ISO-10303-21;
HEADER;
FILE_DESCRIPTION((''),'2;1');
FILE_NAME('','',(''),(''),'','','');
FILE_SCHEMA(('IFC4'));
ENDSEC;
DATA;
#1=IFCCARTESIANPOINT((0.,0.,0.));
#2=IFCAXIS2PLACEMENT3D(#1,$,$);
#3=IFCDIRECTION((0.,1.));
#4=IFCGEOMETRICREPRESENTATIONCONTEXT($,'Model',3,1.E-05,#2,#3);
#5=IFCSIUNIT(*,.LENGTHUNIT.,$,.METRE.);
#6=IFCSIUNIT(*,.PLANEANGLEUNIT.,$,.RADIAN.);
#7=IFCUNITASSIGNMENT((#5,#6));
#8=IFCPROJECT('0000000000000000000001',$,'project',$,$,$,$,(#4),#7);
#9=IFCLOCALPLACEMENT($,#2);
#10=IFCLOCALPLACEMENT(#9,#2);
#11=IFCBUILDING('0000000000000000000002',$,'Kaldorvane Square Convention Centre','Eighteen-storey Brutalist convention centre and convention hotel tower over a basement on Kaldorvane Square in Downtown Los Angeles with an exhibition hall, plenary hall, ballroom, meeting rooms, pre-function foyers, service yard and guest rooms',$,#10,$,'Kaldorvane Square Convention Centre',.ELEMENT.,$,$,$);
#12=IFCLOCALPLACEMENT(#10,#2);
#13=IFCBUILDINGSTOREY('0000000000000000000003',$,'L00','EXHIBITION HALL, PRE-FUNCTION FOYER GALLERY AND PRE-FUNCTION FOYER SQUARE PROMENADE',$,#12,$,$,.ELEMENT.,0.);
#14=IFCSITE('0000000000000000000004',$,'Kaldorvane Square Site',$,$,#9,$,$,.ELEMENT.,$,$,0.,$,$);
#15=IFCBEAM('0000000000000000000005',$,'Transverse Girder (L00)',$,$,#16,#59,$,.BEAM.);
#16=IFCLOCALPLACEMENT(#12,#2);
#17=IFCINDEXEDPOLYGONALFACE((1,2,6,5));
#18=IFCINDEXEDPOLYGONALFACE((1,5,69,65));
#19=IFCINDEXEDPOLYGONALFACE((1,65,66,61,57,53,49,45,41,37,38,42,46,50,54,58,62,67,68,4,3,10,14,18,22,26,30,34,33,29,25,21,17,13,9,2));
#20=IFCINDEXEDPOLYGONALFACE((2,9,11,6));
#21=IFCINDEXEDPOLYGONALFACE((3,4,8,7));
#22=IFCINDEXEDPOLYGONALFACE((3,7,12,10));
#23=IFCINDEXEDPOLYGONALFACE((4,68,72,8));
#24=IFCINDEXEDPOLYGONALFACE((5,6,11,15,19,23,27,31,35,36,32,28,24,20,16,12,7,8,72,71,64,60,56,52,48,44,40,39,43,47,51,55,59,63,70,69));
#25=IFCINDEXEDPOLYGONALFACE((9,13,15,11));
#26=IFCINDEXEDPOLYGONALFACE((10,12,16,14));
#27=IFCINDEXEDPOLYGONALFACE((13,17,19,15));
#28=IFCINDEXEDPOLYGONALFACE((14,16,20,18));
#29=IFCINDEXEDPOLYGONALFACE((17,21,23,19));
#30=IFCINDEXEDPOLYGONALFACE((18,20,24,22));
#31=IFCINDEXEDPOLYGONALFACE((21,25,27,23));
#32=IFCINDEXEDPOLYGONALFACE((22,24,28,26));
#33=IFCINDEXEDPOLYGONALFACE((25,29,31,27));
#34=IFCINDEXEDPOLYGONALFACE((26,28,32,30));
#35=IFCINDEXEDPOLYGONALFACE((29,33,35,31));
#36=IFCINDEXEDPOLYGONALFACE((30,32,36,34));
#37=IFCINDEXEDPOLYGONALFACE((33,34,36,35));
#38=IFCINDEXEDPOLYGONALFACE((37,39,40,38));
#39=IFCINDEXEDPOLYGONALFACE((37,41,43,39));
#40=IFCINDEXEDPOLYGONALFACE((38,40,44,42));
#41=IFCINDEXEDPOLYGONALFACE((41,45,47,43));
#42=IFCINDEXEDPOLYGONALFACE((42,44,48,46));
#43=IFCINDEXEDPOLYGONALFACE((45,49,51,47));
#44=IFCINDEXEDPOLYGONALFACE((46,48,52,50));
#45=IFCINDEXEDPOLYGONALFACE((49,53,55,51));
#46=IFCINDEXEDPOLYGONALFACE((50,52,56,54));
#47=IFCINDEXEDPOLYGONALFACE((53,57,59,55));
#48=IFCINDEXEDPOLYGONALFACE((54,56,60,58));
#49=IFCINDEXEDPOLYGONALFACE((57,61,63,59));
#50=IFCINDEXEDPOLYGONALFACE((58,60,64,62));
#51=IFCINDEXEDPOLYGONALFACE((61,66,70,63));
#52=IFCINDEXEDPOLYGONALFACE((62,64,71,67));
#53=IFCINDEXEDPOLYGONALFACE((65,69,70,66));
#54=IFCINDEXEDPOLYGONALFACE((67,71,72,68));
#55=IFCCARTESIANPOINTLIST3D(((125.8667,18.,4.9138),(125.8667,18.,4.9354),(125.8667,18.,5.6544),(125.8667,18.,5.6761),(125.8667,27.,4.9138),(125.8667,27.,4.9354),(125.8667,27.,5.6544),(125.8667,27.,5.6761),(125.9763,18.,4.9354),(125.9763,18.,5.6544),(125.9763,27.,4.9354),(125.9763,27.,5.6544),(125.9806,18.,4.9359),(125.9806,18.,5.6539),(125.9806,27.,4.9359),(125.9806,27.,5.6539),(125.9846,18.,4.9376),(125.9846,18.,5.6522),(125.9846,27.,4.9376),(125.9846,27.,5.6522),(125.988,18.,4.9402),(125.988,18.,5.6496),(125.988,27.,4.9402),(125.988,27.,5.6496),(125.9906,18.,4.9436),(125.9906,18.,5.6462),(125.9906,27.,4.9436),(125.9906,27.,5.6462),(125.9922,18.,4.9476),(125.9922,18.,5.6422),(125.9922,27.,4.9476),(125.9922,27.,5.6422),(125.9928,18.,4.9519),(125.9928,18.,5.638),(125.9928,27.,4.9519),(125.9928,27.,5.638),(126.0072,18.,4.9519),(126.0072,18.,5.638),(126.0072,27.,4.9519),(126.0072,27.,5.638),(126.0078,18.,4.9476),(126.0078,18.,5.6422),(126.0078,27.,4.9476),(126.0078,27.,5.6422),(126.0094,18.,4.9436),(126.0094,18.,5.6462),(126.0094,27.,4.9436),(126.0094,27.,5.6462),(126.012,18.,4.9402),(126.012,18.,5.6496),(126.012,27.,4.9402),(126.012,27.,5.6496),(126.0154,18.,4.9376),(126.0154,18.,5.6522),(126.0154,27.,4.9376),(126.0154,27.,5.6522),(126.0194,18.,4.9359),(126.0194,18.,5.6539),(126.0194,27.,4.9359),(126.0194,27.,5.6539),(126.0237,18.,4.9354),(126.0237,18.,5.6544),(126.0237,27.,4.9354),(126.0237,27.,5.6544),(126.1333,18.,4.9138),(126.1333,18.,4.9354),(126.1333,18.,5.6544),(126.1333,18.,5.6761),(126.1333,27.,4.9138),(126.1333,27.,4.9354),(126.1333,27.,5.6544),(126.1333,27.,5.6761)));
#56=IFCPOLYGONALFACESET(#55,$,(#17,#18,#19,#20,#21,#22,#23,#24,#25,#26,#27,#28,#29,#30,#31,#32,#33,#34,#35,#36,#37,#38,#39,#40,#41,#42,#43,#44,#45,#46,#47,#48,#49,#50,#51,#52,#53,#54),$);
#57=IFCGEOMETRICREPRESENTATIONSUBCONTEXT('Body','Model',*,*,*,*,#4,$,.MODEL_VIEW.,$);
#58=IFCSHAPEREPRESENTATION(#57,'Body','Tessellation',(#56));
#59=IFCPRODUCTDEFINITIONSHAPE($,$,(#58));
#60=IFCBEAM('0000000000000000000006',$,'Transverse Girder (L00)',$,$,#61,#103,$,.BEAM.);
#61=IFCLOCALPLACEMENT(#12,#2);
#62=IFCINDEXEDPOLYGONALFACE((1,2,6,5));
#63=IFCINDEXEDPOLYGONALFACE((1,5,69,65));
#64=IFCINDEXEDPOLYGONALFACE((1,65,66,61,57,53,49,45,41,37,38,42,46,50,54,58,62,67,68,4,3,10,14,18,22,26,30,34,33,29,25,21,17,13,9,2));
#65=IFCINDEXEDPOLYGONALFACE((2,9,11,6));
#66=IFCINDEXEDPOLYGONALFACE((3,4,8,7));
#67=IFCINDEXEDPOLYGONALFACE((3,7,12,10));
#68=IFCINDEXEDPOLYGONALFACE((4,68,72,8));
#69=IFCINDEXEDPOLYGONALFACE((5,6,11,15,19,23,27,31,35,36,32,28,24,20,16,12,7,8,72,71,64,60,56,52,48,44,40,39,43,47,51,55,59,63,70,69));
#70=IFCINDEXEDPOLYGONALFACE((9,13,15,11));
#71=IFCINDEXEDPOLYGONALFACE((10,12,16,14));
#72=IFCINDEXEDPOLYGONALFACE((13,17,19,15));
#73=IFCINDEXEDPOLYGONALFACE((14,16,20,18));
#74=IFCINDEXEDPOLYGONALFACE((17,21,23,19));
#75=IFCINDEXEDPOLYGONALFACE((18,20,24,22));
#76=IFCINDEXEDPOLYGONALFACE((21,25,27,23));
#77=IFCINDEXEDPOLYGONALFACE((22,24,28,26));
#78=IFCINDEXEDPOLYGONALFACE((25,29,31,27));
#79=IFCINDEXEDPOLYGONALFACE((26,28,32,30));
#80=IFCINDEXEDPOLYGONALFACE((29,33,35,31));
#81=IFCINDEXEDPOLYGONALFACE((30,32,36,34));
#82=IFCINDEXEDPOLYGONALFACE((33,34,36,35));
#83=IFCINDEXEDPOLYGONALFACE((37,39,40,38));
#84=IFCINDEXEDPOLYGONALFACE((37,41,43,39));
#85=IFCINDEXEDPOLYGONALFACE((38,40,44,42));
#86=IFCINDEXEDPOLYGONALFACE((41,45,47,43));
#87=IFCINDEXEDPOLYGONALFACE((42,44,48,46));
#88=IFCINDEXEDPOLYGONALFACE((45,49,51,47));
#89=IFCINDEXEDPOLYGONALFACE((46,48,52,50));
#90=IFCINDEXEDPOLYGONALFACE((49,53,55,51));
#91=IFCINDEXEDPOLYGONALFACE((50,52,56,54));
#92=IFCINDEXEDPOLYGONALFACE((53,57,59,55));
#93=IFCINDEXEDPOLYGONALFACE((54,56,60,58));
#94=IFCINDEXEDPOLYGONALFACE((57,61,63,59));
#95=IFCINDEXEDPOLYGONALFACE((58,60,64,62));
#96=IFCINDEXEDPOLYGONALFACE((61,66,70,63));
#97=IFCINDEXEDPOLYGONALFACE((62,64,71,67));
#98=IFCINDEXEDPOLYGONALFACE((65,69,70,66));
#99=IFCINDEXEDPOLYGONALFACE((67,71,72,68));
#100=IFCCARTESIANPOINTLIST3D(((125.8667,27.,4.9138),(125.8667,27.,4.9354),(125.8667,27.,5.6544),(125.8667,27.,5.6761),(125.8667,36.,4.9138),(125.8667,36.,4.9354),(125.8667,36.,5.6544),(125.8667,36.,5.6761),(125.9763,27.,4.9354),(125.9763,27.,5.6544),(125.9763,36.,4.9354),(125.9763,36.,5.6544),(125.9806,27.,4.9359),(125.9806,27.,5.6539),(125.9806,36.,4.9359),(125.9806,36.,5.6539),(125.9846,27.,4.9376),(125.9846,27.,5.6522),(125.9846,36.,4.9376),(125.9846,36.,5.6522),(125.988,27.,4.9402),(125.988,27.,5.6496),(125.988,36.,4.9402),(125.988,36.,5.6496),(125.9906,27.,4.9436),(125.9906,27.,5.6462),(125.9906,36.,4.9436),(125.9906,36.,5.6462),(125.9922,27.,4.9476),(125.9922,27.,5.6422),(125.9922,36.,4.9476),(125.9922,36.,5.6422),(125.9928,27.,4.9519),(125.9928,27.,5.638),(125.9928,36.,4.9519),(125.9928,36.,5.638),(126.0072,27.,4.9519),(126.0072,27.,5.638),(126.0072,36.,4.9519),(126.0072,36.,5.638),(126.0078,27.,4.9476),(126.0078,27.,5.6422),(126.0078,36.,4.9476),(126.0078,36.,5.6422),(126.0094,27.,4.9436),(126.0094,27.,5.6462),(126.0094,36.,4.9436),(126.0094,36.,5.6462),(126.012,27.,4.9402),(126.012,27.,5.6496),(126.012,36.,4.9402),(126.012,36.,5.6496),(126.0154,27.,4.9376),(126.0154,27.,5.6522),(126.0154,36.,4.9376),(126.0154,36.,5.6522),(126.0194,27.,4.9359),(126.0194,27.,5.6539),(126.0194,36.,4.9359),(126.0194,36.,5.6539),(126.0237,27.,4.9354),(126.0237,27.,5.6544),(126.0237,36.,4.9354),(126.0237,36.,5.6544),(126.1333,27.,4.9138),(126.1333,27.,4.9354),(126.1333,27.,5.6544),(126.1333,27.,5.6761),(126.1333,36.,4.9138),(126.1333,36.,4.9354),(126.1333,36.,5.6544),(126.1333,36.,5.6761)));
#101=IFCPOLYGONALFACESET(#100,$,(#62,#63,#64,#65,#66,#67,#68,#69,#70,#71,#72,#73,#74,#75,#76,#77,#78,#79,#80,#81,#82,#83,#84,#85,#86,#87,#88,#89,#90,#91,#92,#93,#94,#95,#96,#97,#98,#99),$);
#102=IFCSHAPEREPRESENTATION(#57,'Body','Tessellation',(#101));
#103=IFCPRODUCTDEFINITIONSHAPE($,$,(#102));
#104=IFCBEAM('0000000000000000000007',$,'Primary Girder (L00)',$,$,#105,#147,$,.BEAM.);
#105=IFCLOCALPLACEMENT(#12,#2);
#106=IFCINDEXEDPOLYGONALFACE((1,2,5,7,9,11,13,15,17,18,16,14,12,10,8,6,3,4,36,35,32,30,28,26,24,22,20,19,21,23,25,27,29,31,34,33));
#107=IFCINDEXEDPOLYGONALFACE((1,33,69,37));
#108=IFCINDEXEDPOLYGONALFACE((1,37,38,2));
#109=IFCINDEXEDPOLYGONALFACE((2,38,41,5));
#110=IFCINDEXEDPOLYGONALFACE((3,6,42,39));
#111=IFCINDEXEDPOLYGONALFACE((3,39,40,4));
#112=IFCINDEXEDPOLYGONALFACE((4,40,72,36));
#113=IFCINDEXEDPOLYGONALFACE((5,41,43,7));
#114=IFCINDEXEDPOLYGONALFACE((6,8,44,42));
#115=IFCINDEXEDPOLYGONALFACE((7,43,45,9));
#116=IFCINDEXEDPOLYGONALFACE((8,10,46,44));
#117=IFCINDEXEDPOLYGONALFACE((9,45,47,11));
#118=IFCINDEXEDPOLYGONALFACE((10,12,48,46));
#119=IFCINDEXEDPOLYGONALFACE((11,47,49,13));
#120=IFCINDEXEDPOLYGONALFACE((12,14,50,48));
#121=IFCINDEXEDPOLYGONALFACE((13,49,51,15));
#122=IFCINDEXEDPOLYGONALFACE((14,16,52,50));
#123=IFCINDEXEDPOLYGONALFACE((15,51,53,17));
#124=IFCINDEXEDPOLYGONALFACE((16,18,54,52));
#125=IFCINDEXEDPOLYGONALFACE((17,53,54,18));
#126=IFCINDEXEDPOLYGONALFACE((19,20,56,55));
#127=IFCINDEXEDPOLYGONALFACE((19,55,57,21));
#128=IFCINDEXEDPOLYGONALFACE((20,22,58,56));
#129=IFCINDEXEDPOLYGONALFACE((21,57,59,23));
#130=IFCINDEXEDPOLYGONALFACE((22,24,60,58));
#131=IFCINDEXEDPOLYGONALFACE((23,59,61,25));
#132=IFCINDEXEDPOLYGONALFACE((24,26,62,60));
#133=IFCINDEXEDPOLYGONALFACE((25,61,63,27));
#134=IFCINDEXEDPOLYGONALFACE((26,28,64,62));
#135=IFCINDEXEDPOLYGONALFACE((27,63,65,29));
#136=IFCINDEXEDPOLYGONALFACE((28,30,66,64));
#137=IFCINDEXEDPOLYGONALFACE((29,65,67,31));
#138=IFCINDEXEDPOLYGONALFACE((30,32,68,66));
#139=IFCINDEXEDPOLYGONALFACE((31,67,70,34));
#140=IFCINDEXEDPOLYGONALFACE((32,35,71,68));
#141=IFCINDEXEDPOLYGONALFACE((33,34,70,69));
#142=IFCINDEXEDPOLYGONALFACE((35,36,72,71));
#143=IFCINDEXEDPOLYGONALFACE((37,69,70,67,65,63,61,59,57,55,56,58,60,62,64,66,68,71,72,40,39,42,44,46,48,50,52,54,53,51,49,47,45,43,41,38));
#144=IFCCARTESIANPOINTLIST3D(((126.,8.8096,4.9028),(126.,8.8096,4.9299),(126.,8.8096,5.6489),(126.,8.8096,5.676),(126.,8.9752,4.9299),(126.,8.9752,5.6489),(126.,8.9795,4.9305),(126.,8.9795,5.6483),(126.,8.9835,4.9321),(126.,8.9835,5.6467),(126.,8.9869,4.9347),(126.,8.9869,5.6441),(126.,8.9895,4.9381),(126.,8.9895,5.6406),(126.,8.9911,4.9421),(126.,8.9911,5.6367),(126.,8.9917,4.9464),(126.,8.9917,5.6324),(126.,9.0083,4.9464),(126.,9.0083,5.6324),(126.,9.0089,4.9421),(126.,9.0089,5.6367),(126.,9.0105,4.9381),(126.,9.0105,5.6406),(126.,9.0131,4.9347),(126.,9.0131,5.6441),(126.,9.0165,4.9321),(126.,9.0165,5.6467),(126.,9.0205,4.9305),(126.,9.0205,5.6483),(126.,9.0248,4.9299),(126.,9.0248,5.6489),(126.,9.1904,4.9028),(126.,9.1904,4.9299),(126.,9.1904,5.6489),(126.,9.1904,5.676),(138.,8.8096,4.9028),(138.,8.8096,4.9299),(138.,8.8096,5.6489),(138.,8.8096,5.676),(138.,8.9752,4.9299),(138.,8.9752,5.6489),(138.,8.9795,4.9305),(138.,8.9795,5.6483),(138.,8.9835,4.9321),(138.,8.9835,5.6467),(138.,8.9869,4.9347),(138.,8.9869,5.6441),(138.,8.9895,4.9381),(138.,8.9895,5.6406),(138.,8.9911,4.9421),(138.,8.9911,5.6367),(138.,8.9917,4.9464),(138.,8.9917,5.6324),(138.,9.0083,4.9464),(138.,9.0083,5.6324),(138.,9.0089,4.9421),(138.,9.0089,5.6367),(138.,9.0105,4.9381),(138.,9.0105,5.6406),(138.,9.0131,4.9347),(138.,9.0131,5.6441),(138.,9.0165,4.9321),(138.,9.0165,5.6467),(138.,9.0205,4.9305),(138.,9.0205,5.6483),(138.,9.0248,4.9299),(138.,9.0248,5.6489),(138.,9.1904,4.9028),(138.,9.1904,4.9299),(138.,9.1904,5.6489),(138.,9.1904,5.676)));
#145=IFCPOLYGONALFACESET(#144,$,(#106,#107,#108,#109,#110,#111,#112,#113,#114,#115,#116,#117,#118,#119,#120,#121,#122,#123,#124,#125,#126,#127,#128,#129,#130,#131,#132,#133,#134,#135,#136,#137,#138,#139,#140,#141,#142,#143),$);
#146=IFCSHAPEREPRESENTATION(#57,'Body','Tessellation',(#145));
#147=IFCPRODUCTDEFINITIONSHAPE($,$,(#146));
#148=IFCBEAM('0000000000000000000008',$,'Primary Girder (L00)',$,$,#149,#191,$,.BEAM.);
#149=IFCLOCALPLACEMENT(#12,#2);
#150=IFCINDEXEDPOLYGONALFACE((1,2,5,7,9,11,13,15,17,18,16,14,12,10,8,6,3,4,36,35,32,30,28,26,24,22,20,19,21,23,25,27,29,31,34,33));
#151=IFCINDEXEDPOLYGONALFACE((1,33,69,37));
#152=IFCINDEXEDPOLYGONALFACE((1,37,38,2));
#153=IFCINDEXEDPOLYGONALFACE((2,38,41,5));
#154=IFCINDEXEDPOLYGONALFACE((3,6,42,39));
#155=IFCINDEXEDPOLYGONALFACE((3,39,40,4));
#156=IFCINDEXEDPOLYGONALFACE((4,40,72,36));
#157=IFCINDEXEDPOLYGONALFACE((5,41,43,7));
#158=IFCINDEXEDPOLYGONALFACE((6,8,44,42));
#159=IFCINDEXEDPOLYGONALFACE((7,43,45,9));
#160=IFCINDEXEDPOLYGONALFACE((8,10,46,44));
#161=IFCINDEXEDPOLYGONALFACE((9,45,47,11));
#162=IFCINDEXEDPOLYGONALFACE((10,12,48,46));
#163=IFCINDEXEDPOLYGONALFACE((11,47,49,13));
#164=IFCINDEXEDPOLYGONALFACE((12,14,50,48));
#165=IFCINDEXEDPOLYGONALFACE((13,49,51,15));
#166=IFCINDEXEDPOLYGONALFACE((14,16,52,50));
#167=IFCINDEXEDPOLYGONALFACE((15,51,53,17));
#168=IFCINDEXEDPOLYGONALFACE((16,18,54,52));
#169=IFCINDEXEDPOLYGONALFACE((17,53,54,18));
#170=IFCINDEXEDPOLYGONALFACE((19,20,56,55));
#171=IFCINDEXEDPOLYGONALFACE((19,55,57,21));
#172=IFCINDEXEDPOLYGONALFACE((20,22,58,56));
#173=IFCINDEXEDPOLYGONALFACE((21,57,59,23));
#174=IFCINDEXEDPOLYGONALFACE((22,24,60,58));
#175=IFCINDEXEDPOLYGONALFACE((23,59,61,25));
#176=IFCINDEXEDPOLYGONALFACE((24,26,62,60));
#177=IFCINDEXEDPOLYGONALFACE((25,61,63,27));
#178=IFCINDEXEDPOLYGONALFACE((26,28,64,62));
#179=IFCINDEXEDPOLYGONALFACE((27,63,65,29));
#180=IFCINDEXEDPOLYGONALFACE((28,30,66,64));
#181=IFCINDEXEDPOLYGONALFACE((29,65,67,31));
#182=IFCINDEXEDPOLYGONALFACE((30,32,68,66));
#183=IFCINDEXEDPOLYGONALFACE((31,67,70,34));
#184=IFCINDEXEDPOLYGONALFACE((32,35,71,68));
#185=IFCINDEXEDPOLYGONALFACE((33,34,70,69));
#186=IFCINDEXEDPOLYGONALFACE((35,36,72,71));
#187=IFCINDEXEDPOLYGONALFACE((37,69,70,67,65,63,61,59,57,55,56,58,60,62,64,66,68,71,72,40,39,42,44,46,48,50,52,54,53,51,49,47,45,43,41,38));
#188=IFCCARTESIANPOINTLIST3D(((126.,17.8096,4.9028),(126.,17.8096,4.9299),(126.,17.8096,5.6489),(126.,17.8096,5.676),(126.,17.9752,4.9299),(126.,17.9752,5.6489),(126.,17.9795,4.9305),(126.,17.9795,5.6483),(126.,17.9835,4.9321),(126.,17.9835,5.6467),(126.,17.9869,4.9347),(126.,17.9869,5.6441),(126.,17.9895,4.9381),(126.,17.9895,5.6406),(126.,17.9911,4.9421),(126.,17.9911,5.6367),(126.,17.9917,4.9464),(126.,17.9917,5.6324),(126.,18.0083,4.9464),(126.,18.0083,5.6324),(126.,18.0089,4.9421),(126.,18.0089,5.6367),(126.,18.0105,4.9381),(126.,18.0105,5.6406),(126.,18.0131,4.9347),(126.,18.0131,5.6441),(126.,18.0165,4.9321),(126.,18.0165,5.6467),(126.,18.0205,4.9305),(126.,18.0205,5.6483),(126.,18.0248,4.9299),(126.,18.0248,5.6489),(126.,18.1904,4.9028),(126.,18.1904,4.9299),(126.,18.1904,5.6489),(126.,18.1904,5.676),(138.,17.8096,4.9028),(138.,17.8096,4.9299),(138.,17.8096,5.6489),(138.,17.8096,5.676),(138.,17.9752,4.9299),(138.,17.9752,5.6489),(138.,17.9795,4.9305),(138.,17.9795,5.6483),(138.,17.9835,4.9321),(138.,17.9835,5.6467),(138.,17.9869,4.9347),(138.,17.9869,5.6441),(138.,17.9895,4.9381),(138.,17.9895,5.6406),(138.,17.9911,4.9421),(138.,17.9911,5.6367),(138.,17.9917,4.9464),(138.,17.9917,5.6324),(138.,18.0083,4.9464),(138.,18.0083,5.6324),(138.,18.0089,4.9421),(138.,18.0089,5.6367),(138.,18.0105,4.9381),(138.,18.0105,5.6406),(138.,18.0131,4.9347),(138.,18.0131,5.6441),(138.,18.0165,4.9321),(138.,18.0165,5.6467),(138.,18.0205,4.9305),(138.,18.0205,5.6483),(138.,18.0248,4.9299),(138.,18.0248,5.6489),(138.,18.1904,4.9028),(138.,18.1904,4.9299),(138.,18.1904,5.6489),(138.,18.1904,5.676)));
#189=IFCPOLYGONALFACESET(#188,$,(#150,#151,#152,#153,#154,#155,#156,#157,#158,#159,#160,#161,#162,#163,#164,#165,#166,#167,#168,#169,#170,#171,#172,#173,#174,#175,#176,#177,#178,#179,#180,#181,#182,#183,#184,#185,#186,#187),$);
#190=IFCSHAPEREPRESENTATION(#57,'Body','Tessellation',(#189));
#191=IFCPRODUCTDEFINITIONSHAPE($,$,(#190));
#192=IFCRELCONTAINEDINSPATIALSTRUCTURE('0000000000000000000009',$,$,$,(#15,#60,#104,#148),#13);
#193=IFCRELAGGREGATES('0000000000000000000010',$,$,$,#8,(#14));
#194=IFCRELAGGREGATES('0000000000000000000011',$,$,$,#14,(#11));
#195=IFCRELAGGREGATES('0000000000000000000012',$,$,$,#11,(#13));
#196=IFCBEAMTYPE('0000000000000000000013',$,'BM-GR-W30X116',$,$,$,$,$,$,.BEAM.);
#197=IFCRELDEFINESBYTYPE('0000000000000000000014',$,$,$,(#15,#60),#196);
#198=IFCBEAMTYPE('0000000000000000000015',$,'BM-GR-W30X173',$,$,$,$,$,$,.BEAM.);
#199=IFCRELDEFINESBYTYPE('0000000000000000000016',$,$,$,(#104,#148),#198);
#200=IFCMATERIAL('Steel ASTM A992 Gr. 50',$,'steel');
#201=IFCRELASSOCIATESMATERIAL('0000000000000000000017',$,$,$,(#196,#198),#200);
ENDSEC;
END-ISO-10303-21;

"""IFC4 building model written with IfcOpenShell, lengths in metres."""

from ifc_helpers import new_model, si_unit, direction, frame, origin, origin_2d, place, context, subcontext, project, spatial, i_section, extrude, material, material_profile, profile_set, type_object, element, save


model = new_model("IFC4")

# Units and contexts
model_context = context("Model", 3, precision=1e-05, world=origin(), true_north=direction((0.0, 1.0)))
body_context = subcontext(model_context, "Body", "Model", "MODEL_VIEW")
ifc_project = project(units=[si_unit("LENGTHUNIT", "METRE"), si_unit("PLANEANGLEUNIT", "RADIAN")], contexts=[model_context])

# Site, building, storey
site_placement = place(None, origin())
site = spatial("IfcSite", under=ifc_project, at=site_placement, Name="Kaldorvane Square Site", CompositionType="ELEMENT", RefElevation=0.0)
building_placement = place(site_placement, origin())
building = spatial("IfcBuilding", under=site, at=building_placement, Name="Kaldorvane Square Convention Centre", Description="Eighteen-storey Brutalist convention centre and convention hotel tower over a basement on Kaldorvane Square in Downtown Los Angeles with an exhibition hall, plenary hall, ballroom, meeting rooms, pre-function foyers, service yard and guest rooms", LongName="Kaldorvane Square Convention Centre", CompositionType="ELEMENT")
storey_placement = place(building_placement, origin())
storey = spatial("IfcBuildingStorey", under=building, at=storey_placement, Name="L00", Description="EXHIBITION HALL, PRE-FUNCTION FOYER GALLERY AND PRE-FUNCTION FOYER SQUARE PROMENADE", CompositionType="ELEMENT", Elevation=0.0)

# Shared definitions
ifc_material_1 = material(Name="Steel ASTM A992 Gr. 50", Category="steel")

# Beams
ifc_material_profile_1 = material_profile(ifc_material_1, i_section(OverallWidth=0.2666, OverallDepth=0.7623, WebThickness=0.0144, FlangeThickness=0.0216, FilletRadius=0.0165, at=origin_2d()), Name="W30X116")
ifc_profile_set_1 = profile_set([ifc_material_profile_1], Name="Steel ASTM A992 Gr. 50")
beam_type_1 = type_object("IfcBeamType", Name="BM-GR-W30X116", PredefinedType="BEAM", material=ifc_profile_set_1)
for number, where, z_axis, x_axis, name in (
    (1, (126.0, 18.0, 5.2949), (0.0, 1.0, 0.0), (-1.0, 0.0, 0.0), "Transverse Girder (L00)"),
    (2, (126.0, 27.0, 5.2949), (0.0, 1.0, 0.0), (-1.0, 0.0, 0.0), "Transverse Girder (L00)"),
):
    element("IfcBeam", number, at=place(storey_placement, frame(where, z_axis=z_axis, x_axis=x_axis)), inside=storey, type_object=beam_type_1, Name=name, PredefinedType="BEAM", context=body_context, shape_type="SweptSolid", body=[
        extrude(i_section(OverallWidth=0.2666, OverallDepth=0.7623, WebThickness=0.0144, FlangeThickness=0.0216, FilletRadius=0.0165, at=origin_2d()), origin(), (0.0, 0.0, 1.0), 9.0),
    ])
ifc_material_profile_2 = material_profile(ifc_material_1, i_section(OverallWidth=0.3807, OverallDepth=0.7732, WebThickness=0.0166, FlangeThickness=0.0271, FilletRadius=0.0165, at=origin_2d()), Name="W30X173")
ifc_profile_set_2 = profile_set([ifc_material_profile_2], Name="Steel ASTM A992 Gr. 50")
beam_type_2 = type_object("IfcBeamType", Name="BM-GR-W30X173", PredefinedType="BEAM", material=ifc_profile_set_2)
for number, where, z_axis, x_axis, name in (
    (3, (126.0, 9.0, 5.2894), (1.0, 0.0, 0.0), (0.0, 1.0, 0.0), "Primary Girder (L00)"),
    (4, (126.0, 18.0, 5.2894), (1.0, 0.0, 0.0), (0.0, 1.0, 0.0), "Primary Girder (L00)"),
):
    element("IfcBeam", number, at=place(storey_placement, frame(where, z_axis=z_axis, x_axis=x_axis)), inside=storey, type_object=beam_type_2, Name=name, PredefinedType="BEAM", context=body_context, shape_type="SweptSolid", body=[
        extrude(i_section(OverallWidth=0.3807, OverallDepth=0.7732, WebThickness=0.0166, FlangeThickness=0.0271, FilletRadius=0.0165, at=origin_2d()), origin(), (0.0, 0.0, 1.0), 12.0),
    ])

save(model, "model.ifc")
